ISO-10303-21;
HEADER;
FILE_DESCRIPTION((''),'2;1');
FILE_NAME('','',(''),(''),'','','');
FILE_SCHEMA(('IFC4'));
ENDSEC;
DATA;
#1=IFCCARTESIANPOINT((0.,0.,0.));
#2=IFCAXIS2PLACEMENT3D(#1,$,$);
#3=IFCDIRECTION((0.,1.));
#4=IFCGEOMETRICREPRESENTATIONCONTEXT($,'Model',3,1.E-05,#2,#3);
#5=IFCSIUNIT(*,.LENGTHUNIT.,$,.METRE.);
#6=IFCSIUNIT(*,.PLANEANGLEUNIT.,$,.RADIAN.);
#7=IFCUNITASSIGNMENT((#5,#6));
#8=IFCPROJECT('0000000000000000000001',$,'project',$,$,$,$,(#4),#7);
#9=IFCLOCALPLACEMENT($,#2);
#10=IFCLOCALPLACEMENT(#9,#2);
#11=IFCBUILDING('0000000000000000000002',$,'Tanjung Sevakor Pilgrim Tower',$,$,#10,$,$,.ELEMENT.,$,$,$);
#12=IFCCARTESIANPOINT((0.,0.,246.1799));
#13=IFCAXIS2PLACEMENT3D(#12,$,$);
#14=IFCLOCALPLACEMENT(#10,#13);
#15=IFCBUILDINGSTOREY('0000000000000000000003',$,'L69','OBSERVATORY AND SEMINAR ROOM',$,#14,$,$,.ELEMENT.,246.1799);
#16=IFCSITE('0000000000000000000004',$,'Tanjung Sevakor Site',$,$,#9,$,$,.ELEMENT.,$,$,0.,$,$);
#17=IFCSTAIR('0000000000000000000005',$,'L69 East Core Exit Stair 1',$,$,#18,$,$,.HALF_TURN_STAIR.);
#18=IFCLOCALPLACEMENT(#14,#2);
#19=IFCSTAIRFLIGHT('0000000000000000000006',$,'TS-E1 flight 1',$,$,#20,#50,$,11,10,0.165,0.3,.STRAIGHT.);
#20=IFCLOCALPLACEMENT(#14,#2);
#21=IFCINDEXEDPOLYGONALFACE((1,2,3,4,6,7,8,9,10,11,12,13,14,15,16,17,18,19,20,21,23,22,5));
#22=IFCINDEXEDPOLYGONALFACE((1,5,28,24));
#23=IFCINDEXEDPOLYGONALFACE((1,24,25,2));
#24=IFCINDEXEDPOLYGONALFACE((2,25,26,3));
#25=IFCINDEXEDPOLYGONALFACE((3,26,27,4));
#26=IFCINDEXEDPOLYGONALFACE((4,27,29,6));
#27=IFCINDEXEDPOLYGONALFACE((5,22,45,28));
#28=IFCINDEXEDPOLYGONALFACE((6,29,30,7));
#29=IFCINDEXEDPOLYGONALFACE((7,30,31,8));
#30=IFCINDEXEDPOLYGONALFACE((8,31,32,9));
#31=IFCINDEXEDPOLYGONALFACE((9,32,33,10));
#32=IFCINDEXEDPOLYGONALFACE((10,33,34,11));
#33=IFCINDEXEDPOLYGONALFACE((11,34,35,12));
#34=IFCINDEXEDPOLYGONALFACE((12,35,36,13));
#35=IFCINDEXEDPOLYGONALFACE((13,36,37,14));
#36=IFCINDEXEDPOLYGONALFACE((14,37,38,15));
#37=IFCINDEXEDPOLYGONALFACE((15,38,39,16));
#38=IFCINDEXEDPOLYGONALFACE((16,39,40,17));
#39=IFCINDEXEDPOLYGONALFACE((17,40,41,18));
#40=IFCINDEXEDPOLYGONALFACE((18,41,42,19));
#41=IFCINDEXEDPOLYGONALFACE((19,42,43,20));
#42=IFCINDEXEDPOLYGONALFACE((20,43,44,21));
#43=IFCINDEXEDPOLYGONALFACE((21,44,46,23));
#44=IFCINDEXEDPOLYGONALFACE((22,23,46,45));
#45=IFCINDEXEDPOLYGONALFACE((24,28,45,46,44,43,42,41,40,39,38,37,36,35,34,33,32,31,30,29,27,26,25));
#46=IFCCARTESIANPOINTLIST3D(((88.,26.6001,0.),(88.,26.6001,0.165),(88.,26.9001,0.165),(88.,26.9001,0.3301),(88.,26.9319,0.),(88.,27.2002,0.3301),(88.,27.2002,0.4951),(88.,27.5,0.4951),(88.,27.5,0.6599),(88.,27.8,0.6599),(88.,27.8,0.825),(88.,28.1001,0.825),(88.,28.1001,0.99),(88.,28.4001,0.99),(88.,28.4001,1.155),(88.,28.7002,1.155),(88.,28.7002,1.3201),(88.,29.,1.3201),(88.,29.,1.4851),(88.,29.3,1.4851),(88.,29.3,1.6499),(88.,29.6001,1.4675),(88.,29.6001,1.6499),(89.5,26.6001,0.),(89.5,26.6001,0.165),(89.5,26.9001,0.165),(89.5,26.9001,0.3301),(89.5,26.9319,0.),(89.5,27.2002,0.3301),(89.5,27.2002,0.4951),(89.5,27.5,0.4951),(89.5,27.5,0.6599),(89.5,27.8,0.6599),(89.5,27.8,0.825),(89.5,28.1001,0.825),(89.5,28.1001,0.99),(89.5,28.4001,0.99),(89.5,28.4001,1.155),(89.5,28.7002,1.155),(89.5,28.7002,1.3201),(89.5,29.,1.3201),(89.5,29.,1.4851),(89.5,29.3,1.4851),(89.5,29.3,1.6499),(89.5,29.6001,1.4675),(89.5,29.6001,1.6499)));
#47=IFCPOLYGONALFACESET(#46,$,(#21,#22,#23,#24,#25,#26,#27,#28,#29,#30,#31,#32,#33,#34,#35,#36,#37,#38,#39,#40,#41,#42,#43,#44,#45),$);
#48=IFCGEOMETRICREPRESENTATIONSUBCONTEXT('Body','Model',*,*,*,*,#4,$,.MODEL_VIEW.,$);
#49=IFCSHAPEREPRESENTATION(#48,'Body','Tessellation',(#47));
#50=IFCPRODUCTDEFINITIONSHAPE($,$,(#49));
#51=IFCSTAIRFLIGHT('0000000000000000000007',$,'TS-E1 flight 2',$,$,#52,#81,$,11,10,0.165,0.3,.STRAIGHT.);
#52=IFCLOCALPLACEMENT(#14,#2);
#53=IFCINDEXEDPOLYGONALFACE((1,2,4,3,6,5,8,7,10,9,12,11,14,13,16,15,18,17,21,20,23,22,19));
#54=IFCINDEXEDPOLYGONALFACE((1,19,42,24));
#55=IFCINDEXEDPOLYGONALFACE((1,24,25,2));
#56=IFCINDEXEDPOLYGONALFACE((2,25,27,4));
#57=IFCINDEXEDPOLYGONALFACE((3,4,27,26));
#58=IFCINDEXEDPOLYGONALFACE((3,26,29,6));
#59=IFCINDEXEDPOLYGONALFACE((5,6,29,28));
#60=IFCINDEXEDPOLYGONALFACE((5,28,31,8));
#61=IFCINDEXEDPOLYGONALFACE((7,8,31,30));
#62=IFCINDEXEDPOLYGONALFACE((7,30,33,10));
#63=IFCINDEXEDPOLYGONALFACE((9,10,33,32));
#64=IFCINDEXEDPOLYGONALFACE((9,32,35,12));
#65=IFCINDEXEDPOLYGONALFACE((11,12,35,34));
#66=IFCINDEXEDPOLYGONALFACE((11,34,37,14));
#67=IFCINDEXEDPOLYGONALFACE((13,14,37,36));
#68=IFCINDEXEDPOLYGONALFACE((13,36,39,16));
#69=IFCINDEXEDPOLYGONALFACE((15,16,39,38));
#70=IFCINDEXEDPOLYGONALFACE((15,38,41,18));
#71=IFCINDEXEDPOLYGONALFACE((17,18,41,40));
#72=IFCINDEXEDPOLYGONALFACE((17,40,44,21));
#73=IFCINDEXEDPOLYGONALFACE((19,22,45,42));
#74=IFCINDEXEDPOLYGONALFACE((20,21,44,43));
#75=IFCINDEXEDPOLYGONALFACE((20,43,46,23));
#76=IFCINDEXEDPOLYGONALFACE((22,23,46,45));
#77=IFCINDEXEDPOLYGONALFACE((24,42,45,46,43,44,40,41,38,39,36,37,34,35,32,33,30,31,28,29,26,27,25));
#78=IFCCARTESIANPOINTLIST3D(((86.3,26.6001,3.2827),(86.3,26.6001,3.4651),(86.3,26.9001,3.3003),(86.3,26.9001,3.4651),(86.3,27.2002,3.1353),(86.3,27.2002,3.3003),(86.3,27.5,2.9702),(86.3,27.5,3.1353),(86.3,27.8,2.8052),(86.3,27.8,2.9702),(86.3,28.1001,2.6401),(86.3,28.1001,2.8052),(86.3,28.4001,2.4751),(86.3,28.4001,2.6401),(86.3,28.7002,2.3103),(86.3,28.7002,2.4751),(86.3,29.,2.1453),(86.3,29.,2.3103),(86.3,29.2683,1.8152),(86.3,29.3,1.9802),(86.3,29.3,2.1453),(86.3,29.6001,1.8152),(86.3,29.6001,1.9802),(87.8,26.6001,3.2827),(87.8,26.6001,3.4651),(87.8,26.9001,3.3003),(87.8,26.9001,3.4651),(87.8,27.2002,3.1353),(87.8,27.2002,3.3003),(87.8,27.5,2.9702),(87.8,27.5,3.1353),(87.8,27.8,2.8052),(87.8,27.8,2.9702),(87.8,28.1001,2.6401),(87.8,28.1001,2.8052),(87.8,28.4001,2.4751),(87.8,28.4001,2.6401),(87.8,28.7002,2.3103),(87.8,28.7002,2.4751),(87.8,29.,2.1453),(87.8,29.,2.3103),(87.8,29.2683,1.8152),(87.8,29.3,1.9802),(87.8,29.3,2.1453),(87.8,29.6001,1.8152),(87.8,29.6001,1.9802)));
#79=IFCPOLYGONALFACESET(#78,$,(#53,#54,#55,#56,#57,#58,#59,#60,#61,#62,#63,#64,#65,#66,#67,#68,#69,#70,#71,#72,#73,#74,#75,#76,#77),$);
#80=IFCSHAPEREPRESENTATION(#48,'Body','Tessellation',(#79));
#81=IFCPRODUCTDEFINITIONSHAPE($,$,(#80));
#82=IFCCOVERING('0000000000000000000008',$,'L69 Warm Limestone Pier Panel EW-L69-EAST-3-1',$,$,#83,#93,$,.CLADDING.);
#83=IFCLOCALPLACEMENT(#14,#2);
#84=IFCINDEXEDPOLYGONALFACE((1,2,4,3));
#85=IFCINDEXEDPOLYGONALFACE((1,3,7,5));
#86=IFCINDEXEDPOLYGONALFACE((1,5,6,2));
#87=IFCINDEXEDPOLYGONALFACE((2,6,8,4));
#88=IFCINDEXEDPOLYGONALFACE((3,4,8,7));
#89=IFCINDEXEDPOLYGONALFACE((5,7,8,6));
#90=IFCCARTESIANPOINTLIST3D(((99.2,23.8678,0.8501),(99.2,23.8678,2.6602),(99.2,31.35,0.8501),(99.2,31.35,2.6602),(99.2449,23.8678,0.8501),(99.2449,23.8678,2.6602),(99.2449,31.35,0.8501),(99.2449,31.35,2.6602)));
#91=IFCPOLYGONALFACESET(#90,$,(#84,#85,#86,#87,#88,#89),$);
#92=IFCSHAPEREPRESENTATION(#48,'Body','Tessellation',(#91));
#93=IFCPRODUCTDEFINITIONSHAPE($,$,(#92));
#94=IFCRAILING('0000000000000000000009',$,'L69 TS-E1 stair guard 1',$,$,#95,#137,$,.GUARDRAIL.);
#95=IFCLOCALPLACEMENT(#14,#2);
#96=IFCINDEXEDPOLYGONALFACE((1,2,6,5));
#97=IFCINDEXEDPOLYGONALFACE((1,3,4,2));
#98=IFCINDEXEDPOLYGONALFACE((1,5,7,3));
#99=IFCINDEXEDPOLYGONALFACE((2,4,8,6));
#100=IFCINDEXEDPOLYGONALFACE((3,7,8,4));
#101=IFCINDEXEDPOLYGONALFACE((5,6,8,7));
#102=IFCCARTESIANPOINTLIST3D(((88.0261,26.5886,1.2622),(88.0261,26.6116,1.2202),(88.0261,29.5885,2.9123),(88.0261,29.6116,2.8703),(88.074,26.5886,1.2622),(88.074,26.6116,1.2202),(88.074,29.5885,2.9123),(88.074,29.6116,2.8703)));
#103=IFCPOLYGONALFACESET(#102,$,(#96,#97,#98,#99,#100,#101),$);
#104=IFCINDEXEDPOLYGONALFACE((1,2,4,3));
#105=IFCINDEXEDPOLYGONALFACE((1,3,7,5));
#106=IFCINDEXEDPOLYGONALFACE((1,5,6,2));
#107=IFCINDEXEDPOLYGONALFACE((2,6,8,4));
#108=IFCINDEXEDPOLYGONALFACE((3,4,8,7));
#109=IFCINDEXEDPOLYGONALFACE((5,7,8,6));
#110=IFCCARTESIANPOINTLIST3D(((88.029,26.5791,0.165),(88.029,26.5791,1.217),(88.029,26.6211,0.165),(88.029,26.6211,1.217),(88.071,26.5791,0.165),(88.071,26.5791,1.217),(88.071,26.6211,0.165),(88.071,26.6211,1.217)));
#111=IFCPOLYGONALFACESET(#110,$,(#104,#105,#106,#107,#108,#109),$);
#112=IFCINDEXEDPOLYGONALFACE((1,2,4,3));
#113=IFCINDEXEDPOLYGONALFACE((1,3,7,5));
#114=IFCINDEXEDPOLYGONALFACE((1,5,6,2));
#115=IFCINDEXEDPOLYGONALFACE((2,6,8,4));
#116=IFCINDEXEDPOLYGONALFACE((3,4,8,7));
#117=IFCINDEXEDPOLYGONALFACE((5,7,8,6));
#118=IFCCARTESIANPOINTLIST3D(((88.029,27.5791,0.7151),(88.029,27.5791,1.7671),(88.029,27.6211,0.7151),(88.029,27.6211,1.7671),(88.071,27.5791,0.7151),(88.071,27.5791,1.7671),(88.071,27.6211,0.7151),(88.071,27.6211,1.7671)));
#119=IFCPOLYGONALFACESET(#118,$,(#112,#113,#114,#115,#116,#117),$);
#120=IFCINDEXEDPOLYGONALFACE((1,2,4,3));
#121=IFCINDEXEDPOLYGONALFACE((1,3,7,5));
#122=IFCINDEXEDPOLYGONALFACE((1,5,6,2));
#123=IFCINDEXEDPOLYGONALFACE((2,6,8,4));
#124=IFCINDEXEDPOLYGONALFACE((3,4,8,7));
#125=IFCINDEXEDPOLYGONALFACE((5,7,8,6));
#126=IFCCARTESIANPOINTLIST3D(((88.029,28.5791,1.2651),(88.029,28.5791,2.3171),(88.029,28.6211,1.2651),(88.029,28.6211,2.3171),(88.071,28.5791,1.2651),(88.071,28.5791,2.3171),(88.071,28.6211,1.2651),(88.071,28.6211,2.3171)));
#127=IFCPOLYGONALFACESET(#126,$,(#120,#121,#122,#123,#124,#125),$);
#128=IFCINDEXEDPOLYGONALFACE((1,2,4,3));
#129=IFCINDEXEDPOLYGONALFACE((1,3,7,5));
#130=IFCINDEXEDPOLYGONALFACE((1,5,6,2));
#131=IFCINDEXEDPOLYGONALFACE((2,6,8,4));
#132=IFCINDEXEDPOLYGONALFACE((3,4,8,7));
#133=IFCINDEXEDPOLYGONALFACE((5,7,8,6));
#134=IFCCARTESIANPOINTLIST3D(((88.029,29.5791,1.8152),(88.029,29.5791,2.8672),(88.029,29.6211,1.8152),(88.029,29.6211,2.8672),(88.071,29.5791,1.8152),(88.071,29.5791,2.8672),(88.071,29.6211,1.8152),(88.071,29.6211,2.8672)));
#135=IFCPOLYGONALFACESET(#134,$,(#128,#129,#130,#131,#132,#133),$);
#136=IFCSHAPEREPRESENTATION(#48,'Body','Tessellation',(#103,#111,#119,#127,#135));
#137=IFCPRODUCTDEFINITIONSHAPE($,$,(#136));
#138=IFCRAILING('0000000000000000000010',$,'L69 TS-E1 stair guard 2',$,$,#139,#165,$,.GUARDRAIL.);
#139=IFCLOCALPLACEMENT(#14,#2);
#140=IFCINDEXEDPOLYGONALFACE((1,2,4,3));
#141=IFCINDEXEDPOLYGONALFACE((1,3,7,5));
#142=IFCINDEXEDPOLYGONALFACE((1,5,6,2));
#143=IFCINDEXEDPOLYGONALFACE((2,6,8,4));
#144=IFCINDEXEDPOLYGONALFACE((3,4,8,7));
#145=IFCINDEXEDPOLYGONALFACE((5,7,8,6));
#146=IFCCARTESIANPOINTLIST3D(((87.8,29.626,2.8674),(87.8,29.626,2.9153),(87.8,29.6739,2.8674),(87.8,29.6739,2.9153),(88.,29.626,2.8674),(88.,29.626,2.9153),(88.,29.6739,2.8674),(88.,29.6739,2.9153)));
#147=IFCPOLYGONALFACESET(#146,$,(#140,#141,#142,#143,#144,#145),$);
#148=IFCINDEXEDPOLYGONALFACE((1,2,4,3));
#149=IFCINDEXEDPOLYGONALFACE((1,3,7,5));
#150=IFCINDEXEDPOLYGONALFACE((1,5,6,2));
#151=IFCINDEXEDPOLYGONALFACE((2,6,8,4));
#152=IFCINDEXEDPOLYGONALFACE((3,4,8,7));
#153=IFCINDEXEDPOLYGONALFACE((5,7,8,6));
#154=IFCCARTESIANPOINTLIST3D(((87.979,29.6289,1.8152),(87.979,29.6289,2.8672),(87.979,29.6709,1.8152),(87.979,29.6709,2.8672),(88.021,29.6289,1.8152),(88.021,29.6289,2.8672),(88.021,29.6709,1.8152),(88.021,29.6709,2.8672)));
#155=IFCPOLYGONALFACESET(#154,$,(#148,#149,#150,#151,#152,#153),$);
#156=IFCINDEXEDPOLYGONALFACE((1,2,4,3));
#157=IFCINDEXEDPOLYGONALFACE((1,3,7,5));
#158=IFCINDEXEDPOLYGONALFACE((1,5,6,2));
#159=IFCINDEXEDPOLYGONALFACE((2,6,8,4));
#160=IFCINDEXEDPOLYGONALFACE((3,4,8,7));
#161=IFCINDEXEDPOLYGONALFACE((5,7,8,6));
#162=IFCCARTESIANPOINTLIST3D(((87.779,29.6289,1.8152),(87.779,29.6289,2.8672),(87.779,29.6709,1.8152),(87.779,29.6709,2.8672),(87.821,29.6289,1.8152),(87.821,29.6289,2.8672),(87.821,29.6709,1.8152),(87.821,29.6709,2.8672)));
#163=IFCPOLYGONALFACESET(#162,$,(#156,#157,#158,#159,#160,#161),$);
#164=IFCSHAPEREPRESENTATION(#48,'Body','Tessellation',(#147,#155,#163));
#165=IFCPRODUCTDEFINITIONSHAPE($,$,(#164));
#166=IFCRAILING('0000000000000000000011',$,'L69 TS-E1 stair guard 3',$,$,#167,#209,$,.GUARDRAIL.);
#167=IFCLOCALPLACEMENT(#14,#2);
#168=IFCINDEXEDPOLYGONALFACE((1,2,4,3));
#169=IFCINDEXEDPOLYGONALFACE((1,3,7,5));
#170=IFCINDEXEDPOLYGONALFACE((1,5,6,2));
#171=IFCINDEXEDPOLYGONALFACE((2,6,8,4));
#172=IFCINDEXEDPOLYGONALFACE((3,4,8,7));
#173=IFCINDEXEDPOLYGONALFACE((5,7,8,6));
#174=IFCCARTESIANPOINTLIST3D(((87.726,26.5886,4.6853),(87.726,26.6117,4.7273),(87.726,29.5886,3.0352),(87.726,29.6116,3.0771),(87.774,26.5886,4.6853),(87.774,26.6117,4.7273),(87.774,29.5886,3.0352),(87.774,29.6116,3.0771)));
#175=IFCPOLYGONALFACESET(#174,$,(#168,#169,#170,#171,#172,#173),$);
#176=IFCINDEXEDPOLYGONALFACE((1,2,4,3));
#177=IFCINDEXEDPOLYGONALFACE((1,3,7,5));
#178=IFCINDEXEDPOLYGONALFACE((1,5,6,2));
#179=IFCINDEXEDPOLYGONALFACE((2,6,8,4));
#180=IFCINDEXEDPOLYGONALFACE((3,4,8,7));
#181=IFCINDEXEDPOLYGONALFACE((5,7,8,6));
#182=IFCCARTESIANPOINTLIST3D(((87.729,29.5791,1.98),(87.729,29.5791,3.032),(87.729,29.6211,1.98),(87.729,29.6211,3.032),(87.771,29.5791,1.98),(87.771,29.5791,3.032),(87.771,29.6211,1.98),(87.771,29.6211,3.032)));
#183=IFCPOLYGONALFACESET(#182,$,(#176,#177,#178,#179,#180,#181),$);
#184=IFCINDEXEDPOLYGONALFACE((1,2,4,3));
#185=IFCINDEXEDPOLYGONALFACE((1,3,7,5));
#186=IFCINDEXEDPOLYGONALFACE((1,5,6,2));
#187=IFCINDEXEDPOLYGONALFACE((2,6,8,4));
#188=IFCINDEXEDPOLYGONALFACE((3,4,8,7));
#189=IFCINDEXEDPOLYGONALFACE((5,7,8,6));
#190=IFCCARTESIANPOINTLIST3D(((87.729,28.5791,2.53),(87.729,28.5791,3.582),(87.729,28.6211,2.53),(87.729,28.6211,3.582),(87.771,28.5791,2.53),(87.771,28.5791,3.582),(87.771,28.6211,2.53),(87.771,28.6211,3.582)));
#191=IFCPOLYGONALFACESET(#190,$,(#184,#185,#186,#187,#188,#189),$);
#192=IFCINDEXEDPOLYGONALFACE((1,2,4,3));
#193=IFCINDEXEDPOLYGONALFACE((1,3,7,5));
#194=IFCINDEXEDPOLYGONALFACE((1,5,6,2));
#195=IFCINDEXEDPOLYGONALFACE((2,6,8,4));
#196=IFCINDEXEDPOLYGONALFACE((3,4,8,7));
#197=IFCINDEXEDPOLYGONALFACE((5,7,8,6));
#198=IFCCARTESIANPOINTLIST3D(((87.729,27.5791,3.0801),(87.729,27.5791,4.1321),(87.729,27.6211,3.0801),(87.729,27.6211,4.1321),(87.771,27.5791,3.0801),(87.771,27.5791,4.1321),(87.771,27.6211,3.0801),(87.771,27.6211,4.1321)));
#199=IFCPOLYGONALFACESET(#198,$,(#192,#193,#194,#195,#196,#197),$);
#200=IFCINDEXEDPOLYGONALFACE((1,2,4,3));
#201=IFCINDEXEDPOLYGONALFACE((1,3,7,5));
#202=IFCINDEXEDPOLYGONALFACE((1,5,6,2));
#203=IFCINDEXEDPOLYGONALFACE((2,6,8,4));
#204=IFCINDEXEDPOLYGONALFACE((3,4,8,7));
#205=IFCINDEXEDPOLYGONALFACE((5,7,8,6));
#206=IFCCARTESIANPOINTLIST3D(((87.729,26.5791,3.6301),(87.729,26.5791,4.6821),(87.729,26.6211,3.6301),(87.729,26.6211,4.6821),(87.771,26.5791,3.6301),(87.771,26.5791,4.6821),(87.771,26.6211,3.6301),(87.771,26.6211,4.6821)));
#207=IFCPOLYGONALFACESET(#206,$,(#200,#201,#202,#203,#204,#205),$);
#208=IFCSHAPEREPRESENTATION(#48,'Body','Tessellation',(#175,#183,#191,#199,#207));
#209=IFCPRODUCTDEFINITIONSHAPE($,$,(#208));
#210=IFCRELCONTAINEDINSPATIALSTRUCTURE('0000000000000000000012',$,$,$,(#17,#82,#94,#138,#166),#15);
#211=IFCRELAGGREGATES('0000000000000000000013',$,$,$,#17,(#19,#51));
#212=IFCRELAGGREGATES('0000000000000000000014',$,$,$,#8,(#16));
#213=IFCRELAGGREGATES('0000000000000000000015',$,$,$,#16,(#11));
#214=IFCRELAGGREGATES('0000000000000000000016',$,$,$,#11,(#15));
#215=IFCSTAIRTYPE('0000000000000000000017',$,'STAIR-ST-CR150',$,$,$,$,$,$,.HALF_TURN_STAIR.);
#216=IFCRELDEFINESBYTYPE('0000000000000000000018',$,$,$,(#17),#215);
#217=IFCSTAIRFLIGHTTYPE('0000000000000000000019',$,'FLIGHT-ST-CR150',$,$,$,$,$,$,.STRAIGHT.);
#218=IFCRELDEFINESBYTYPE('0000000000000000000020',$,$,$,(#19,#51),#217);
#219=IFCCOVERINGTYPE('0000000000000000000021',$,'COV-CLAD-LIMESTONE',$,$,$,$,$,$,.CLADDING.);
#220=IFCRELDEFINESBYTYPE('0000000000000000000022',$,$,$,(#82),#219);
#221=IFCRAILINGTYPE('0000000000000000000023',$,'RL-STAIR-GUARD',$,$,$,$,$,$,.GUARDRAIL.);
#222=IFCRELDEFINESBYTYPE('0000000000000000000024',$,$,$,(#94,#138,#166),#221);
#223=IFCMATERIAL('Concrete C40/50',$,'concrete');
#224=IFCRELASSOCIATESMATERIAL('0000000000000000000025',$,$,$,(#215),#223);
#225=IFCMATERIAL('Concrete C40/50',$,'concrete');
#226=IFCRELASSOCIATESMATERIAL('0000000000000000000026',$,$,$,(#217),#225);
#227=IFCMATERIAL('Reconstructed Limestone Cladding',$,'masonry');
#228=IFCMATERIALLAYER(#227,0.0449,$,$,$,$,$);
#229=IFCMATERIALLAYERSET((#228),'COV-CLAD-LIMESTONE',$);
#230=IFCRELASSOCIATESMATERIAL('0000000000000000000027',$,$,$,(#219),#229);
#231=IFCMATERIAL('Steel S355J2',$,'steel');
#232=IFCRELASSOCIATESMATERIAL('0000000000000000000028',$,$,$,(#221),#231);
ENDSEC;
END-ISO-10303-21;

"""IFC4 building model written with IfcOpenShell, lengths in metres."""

from ifc_helpers import new_model, si_unit, direction, frame, origin, origin_2d, place, context, subcontext, project, spatial, polyline, rectangle, outline, extrude, material, layer, layer_set, type_object, element, aggregate, save


model = new_model("IFC4")

# Units and contexts
model_context = context("Model", 3, precision=1e-05, world=origin(), true_north=direction((0.0, 1.0)))
body_context = subcontext(model_context, "Body", "Model", "MODEL_VIEW")
ifc_project = project(units=[si_unit("LENGTHUNIT", "METRE"), si_unit("PLANEANGLEUNIT", "RADIAN")], contexts=[model_context])

# Site, building, storey
site_placement = place(None, origin())
site = spatial("IfcSite", under=ifc_project, at=site_placement, Name="Tanjung Sevakor Site", CompositionType="ELEMENT", RefElevation=0.0)
building_placement = place(site_placement, origin())
building = spatial("IfcBuilding", under=site, at=building_placement, Name="Tanjung Sevakor Pilgrim Tower", CompositionType="ELEMENT")
storey_placement = place(building_placement, frame((0.0, 0.0, 246.1799)))
storey = spatial("IfcBuildingStorey", under=building, at=storey_placement, Name="L69", Description="OBSERVATORY AND SEMINAR ROOM", CompositionType="ELEMENT", Elevation=246.1799)

# Stair, stair flights
ifc_material_1 = material(Name="Concrete C40/50", Category="concrete")
stair_type = type_object("IfcStairType", Name="STAIR-ST-CR150", PredefinedType="HALF_TURN_STAIR", material=ifc_material_1)
stair_placement = place(storey_placement, origin())
stair = element("IfcStair", 1, at=stair_placement, inside=storey, type_object=stair_type, Name="L69 East Core Exit Stair 1", PredefinedType="HALF_TURN_STAIR")
ifc_material_2 = material(Name="Concrete C40/50", Category="concrete")
stair_flight_type = type_object("IfcStairFlightType", Name="FLIGHT-ST-CR150", PredefinedType="STRAIGHT", material=ifc_material_2)
stair_flight_1_placement = place(storey_placement, frame((88.75, 26.6001, 0.0), z_axis=(0.0, 0.0, 1.0), x_axis=(0.0, 1.0, 0.0)))
stair_flight_1 = element("IfcStairFlight", 2, at=stair_flight_1_placement, type_object=stair_flight_type, Name="TS-E1 flight 1", NumberOfRisers=11, NumberOfTreads=10, PredefinedType="STRAIGHT", RiserHeight=0.165, TreadLength=0.3, context=body_context, shape_type="SweptSolid", body=[
    extrude(outline(polyline([(0.0, 0.0), (0.0, 0.165), (0.3, 0.165), (0.3, 0.3301), (0.6001, 0.3301), (0.6001, 0.4951), (0.8999, 0.4951), (0.8999, 0.6599), (1.2, 0.6599), (1.2, 0.825), (1.5, 0.825), (1.5, 0.99), (1.8, 0.99), (1.8, 1.155), (2.1001, 1.155), (2.1001, 1.3201), (2.3999, 1.3201), (2.3999, 1.4851), (2.7, 1.4851), (2.7, 1.6499), (3.0, 1.6499), (3.0, 1.8149), (3.0, 1.4675), (0.3318, 0.0), (0.0, 0.0)])), frame((0.0, 0.75, 0.0), z_axis=(0.0, -1.0, 0.0), x_axis=(1.0, 0.0, 0.0)), (0.0, 0.0, 1.0), 1.5),
])
stair_flight_2_placement = place(storey_placement, frame((87.05, 29.6001, 1.8152), z_axis=(0.0, 0.0, 1.0), x_axis=(0.0, -1.0, 0.0)))
stair_flight_2 = element("IfcStairFlight", 3, at=stair_flight_2_placement, type_object=stair_flight_type, Name="TS-E1 flight 2", NumberOfRisers=11, NumberOfTreads=10, PredefinedType="STRAIGHT", RiserHeight=0.165, TreadLength=0.3, context=body_context, shape_type="SweptSolid", body=[
    extrude(outline(polyline([(0.0, 0.0), (0.0, 0.165), (0.3, 0.165), (0.3, 0.3301), (0.6001, 0.3301), (0.6001, 0.4951), (0.8999, 0.4951), (0.8999, 0.6599), (1.2, 0.6599), (1.2, 0.825), (1.5, 0.825), (1.5, 0.99), (1.8, 0.99), (1.8, 1.155), (2.1001, 1.155), (2.1001, 1.3201), (2.3999, 1.3201), (2.3999, 1.4851), (2.7, 1.4851), (2.7, 1.6499), (3.0, 1.6499), (3.0, 1.8149), (3.0, 1.4675), (0.3318, 0.0), (0.0, 0.0)])), frame((0.0, 0.75, 0.0), z_axis=(0.0, -1.0, 0.0), x_axis=(1.0, 0.0, 0.0)), (0.0, 0.0, 1.0), 1.5),
])
aggregate(stair, [stair_flight_1, stair_flight_2])

# Covering
ifc_material_3 = material(Name="Reconstructed Limestone Cladding", Category="masonry")
ifc_layer_1 = layer(ifc_material_3, 0.0449)
ifc_layer_set_1 = layer_set([ifc_layer_1], Name="COV-CLAD-LIMESTONE")
covering_type = type_object("IfcCoveringType", Name="COV-CLAD-LIMESTONE", PredefinedType="CLADDING", material=ifc_layer_set_1)
covering_placement = place(storey_placement, frame((99.2224, 27.6089, 0.8501), z_axis=(0.0, 0.0, 1.0), x_axis=(0.0, 1.0, 0.0)))
element("IfcCovering", 4, at=covering_placement, inside=storey, type_object=covering_type, Name="L69 Warm Limestone Pier Panel EW-L69-EAST-3-1", PredefinedType="CLADDING", context=body_context, shape_type="SweptSolid", body=[
    extrude(rectangle(XDim=7.4822, YDim=0.0449, at=origin_2d()), origin(), (0.0, 0.0, 1.0), 1.8101),
])

# Railings
ifc_material_4 = material(Name="Steel S355J2", Category="steel")
railing_type_1 = type_object("IfcRailingType", Name="RL-STAIR-GUARD", PredefinedType="GUARDRAIL", material=ifc_material_4)
railing_1_placement = place(storey_placement, frame((88.05, 26.6001, 0.165)))
element("IfcRailing", 5, at=railing_1_placement, inside=storey, type_object=railing_type_1, Name="L69 TS-E1 stair guard 1", PredefinedType="GUARDRAIL", context=body_context, shape_type="SweptSolid", body=[
    extrude(rectangle(XDim=0.0479, YDim=0.0479), frame((0.0, 0.0, 1.0762), z_axis=(0.0, 0.876198, 0.481952), x_axis=(-1.0, 0.0, 0.0)), (0.0, 0.0, 1.0), 3.4238),
    extrude(rectangle(XDim=0.042, YDim=0.042), origin(), (0.0, 0.0, 1.0), 1.052),
    extrude(rectangle(XDim=0.042, YDim=0.042), frame((0.0, 1.0, 0.55)), (0.0, 0.0, 1.0), 1.052),
    extrude(rectangle(XDim=0.042, YDim=0.042), frame((0.0, 2.0, 1.1001)), (0.0, 0.0, 1.0), 1.052),
    extrude(rectangle(XDim=0.042, YDim=0.042), frame((0.0, 3.0, 1.6501)), (0.0, 0.0, 1.0), 1.052),
])
railing_2_placement = place(storey_placement, frame((88.0, 29.6499, 1.8152)))
element("IfcRailing", 6, at=railing_2_placement, inside=storey, type_object=railing_type_1, Name="L69 TS-E1 stair guard 2", PredefinedType="GUARDRAIL", context=body_context, shape_type="SweptSolid", body=[
    extrude(rectangle(XDim=0.0479, YDim=0.0479), frame((0.0, 0.0, 1.0762), z_axis=(-1.0, 0.0, 0.0), x_axis=(0.0, -1.0, 0.0)), (0.0, 0.0, 1.0), 0.2),
    extrude(rectangle(XDim=0.042, YDim=0.042), origin(), (0.0, 0.0, 1.0), 1.052),
    extrude(rectangle(XDim=0.042, YDim=0.042), frame((-0.2, 0.0, 0.0)), (0.0, 0.0, 1.0), 1.052),
])
railing_3_placement = place(storey_placement, frame((87.75, 29.6001, 1.98)))
element("IfcRailing", 7, at=railing_3_placement, inside=storey, type_object=railing_type_1, Name="L69 TS-E1 stair guard 3", PredefinedType="GUARDRAIL", context=body_context, shape_type="SweptSolid", body=[
    extrude(rectangle(XDim=0.0479, YDim=0.0479), frame((0.0, 0.0, 1.0762), z_axis=(0.0, -0.876198, 0.481952), x_axis=(1.0, 0.0, 0.0)), (0.0, 0.0, 1.0), 3.4238),
    extrude(rectangle(XDim=0.042, YDim=0.042), origin(), (0.0, 0.0, 1.0), 1.052),
    extrude(rectangle(XDim=0.042, YDim=0.042), frame((0.0, -1.0, 0.55)), (0.0, 0.0, 1.0), 1.052),
    extrude(rectangle(XDim=0.042, YDim=0.042), frame((0.0, -2.0, 1.1001)), (0.0, 0.0, 1.0), 1.052),
    extrude(rectangle(XDim=0.042, YDim=0.042), frame((0.0, -3.0, 1.6501)), (0.0, 0.0, 1.0), 1.052),
])

save(model, "model.ifc")
